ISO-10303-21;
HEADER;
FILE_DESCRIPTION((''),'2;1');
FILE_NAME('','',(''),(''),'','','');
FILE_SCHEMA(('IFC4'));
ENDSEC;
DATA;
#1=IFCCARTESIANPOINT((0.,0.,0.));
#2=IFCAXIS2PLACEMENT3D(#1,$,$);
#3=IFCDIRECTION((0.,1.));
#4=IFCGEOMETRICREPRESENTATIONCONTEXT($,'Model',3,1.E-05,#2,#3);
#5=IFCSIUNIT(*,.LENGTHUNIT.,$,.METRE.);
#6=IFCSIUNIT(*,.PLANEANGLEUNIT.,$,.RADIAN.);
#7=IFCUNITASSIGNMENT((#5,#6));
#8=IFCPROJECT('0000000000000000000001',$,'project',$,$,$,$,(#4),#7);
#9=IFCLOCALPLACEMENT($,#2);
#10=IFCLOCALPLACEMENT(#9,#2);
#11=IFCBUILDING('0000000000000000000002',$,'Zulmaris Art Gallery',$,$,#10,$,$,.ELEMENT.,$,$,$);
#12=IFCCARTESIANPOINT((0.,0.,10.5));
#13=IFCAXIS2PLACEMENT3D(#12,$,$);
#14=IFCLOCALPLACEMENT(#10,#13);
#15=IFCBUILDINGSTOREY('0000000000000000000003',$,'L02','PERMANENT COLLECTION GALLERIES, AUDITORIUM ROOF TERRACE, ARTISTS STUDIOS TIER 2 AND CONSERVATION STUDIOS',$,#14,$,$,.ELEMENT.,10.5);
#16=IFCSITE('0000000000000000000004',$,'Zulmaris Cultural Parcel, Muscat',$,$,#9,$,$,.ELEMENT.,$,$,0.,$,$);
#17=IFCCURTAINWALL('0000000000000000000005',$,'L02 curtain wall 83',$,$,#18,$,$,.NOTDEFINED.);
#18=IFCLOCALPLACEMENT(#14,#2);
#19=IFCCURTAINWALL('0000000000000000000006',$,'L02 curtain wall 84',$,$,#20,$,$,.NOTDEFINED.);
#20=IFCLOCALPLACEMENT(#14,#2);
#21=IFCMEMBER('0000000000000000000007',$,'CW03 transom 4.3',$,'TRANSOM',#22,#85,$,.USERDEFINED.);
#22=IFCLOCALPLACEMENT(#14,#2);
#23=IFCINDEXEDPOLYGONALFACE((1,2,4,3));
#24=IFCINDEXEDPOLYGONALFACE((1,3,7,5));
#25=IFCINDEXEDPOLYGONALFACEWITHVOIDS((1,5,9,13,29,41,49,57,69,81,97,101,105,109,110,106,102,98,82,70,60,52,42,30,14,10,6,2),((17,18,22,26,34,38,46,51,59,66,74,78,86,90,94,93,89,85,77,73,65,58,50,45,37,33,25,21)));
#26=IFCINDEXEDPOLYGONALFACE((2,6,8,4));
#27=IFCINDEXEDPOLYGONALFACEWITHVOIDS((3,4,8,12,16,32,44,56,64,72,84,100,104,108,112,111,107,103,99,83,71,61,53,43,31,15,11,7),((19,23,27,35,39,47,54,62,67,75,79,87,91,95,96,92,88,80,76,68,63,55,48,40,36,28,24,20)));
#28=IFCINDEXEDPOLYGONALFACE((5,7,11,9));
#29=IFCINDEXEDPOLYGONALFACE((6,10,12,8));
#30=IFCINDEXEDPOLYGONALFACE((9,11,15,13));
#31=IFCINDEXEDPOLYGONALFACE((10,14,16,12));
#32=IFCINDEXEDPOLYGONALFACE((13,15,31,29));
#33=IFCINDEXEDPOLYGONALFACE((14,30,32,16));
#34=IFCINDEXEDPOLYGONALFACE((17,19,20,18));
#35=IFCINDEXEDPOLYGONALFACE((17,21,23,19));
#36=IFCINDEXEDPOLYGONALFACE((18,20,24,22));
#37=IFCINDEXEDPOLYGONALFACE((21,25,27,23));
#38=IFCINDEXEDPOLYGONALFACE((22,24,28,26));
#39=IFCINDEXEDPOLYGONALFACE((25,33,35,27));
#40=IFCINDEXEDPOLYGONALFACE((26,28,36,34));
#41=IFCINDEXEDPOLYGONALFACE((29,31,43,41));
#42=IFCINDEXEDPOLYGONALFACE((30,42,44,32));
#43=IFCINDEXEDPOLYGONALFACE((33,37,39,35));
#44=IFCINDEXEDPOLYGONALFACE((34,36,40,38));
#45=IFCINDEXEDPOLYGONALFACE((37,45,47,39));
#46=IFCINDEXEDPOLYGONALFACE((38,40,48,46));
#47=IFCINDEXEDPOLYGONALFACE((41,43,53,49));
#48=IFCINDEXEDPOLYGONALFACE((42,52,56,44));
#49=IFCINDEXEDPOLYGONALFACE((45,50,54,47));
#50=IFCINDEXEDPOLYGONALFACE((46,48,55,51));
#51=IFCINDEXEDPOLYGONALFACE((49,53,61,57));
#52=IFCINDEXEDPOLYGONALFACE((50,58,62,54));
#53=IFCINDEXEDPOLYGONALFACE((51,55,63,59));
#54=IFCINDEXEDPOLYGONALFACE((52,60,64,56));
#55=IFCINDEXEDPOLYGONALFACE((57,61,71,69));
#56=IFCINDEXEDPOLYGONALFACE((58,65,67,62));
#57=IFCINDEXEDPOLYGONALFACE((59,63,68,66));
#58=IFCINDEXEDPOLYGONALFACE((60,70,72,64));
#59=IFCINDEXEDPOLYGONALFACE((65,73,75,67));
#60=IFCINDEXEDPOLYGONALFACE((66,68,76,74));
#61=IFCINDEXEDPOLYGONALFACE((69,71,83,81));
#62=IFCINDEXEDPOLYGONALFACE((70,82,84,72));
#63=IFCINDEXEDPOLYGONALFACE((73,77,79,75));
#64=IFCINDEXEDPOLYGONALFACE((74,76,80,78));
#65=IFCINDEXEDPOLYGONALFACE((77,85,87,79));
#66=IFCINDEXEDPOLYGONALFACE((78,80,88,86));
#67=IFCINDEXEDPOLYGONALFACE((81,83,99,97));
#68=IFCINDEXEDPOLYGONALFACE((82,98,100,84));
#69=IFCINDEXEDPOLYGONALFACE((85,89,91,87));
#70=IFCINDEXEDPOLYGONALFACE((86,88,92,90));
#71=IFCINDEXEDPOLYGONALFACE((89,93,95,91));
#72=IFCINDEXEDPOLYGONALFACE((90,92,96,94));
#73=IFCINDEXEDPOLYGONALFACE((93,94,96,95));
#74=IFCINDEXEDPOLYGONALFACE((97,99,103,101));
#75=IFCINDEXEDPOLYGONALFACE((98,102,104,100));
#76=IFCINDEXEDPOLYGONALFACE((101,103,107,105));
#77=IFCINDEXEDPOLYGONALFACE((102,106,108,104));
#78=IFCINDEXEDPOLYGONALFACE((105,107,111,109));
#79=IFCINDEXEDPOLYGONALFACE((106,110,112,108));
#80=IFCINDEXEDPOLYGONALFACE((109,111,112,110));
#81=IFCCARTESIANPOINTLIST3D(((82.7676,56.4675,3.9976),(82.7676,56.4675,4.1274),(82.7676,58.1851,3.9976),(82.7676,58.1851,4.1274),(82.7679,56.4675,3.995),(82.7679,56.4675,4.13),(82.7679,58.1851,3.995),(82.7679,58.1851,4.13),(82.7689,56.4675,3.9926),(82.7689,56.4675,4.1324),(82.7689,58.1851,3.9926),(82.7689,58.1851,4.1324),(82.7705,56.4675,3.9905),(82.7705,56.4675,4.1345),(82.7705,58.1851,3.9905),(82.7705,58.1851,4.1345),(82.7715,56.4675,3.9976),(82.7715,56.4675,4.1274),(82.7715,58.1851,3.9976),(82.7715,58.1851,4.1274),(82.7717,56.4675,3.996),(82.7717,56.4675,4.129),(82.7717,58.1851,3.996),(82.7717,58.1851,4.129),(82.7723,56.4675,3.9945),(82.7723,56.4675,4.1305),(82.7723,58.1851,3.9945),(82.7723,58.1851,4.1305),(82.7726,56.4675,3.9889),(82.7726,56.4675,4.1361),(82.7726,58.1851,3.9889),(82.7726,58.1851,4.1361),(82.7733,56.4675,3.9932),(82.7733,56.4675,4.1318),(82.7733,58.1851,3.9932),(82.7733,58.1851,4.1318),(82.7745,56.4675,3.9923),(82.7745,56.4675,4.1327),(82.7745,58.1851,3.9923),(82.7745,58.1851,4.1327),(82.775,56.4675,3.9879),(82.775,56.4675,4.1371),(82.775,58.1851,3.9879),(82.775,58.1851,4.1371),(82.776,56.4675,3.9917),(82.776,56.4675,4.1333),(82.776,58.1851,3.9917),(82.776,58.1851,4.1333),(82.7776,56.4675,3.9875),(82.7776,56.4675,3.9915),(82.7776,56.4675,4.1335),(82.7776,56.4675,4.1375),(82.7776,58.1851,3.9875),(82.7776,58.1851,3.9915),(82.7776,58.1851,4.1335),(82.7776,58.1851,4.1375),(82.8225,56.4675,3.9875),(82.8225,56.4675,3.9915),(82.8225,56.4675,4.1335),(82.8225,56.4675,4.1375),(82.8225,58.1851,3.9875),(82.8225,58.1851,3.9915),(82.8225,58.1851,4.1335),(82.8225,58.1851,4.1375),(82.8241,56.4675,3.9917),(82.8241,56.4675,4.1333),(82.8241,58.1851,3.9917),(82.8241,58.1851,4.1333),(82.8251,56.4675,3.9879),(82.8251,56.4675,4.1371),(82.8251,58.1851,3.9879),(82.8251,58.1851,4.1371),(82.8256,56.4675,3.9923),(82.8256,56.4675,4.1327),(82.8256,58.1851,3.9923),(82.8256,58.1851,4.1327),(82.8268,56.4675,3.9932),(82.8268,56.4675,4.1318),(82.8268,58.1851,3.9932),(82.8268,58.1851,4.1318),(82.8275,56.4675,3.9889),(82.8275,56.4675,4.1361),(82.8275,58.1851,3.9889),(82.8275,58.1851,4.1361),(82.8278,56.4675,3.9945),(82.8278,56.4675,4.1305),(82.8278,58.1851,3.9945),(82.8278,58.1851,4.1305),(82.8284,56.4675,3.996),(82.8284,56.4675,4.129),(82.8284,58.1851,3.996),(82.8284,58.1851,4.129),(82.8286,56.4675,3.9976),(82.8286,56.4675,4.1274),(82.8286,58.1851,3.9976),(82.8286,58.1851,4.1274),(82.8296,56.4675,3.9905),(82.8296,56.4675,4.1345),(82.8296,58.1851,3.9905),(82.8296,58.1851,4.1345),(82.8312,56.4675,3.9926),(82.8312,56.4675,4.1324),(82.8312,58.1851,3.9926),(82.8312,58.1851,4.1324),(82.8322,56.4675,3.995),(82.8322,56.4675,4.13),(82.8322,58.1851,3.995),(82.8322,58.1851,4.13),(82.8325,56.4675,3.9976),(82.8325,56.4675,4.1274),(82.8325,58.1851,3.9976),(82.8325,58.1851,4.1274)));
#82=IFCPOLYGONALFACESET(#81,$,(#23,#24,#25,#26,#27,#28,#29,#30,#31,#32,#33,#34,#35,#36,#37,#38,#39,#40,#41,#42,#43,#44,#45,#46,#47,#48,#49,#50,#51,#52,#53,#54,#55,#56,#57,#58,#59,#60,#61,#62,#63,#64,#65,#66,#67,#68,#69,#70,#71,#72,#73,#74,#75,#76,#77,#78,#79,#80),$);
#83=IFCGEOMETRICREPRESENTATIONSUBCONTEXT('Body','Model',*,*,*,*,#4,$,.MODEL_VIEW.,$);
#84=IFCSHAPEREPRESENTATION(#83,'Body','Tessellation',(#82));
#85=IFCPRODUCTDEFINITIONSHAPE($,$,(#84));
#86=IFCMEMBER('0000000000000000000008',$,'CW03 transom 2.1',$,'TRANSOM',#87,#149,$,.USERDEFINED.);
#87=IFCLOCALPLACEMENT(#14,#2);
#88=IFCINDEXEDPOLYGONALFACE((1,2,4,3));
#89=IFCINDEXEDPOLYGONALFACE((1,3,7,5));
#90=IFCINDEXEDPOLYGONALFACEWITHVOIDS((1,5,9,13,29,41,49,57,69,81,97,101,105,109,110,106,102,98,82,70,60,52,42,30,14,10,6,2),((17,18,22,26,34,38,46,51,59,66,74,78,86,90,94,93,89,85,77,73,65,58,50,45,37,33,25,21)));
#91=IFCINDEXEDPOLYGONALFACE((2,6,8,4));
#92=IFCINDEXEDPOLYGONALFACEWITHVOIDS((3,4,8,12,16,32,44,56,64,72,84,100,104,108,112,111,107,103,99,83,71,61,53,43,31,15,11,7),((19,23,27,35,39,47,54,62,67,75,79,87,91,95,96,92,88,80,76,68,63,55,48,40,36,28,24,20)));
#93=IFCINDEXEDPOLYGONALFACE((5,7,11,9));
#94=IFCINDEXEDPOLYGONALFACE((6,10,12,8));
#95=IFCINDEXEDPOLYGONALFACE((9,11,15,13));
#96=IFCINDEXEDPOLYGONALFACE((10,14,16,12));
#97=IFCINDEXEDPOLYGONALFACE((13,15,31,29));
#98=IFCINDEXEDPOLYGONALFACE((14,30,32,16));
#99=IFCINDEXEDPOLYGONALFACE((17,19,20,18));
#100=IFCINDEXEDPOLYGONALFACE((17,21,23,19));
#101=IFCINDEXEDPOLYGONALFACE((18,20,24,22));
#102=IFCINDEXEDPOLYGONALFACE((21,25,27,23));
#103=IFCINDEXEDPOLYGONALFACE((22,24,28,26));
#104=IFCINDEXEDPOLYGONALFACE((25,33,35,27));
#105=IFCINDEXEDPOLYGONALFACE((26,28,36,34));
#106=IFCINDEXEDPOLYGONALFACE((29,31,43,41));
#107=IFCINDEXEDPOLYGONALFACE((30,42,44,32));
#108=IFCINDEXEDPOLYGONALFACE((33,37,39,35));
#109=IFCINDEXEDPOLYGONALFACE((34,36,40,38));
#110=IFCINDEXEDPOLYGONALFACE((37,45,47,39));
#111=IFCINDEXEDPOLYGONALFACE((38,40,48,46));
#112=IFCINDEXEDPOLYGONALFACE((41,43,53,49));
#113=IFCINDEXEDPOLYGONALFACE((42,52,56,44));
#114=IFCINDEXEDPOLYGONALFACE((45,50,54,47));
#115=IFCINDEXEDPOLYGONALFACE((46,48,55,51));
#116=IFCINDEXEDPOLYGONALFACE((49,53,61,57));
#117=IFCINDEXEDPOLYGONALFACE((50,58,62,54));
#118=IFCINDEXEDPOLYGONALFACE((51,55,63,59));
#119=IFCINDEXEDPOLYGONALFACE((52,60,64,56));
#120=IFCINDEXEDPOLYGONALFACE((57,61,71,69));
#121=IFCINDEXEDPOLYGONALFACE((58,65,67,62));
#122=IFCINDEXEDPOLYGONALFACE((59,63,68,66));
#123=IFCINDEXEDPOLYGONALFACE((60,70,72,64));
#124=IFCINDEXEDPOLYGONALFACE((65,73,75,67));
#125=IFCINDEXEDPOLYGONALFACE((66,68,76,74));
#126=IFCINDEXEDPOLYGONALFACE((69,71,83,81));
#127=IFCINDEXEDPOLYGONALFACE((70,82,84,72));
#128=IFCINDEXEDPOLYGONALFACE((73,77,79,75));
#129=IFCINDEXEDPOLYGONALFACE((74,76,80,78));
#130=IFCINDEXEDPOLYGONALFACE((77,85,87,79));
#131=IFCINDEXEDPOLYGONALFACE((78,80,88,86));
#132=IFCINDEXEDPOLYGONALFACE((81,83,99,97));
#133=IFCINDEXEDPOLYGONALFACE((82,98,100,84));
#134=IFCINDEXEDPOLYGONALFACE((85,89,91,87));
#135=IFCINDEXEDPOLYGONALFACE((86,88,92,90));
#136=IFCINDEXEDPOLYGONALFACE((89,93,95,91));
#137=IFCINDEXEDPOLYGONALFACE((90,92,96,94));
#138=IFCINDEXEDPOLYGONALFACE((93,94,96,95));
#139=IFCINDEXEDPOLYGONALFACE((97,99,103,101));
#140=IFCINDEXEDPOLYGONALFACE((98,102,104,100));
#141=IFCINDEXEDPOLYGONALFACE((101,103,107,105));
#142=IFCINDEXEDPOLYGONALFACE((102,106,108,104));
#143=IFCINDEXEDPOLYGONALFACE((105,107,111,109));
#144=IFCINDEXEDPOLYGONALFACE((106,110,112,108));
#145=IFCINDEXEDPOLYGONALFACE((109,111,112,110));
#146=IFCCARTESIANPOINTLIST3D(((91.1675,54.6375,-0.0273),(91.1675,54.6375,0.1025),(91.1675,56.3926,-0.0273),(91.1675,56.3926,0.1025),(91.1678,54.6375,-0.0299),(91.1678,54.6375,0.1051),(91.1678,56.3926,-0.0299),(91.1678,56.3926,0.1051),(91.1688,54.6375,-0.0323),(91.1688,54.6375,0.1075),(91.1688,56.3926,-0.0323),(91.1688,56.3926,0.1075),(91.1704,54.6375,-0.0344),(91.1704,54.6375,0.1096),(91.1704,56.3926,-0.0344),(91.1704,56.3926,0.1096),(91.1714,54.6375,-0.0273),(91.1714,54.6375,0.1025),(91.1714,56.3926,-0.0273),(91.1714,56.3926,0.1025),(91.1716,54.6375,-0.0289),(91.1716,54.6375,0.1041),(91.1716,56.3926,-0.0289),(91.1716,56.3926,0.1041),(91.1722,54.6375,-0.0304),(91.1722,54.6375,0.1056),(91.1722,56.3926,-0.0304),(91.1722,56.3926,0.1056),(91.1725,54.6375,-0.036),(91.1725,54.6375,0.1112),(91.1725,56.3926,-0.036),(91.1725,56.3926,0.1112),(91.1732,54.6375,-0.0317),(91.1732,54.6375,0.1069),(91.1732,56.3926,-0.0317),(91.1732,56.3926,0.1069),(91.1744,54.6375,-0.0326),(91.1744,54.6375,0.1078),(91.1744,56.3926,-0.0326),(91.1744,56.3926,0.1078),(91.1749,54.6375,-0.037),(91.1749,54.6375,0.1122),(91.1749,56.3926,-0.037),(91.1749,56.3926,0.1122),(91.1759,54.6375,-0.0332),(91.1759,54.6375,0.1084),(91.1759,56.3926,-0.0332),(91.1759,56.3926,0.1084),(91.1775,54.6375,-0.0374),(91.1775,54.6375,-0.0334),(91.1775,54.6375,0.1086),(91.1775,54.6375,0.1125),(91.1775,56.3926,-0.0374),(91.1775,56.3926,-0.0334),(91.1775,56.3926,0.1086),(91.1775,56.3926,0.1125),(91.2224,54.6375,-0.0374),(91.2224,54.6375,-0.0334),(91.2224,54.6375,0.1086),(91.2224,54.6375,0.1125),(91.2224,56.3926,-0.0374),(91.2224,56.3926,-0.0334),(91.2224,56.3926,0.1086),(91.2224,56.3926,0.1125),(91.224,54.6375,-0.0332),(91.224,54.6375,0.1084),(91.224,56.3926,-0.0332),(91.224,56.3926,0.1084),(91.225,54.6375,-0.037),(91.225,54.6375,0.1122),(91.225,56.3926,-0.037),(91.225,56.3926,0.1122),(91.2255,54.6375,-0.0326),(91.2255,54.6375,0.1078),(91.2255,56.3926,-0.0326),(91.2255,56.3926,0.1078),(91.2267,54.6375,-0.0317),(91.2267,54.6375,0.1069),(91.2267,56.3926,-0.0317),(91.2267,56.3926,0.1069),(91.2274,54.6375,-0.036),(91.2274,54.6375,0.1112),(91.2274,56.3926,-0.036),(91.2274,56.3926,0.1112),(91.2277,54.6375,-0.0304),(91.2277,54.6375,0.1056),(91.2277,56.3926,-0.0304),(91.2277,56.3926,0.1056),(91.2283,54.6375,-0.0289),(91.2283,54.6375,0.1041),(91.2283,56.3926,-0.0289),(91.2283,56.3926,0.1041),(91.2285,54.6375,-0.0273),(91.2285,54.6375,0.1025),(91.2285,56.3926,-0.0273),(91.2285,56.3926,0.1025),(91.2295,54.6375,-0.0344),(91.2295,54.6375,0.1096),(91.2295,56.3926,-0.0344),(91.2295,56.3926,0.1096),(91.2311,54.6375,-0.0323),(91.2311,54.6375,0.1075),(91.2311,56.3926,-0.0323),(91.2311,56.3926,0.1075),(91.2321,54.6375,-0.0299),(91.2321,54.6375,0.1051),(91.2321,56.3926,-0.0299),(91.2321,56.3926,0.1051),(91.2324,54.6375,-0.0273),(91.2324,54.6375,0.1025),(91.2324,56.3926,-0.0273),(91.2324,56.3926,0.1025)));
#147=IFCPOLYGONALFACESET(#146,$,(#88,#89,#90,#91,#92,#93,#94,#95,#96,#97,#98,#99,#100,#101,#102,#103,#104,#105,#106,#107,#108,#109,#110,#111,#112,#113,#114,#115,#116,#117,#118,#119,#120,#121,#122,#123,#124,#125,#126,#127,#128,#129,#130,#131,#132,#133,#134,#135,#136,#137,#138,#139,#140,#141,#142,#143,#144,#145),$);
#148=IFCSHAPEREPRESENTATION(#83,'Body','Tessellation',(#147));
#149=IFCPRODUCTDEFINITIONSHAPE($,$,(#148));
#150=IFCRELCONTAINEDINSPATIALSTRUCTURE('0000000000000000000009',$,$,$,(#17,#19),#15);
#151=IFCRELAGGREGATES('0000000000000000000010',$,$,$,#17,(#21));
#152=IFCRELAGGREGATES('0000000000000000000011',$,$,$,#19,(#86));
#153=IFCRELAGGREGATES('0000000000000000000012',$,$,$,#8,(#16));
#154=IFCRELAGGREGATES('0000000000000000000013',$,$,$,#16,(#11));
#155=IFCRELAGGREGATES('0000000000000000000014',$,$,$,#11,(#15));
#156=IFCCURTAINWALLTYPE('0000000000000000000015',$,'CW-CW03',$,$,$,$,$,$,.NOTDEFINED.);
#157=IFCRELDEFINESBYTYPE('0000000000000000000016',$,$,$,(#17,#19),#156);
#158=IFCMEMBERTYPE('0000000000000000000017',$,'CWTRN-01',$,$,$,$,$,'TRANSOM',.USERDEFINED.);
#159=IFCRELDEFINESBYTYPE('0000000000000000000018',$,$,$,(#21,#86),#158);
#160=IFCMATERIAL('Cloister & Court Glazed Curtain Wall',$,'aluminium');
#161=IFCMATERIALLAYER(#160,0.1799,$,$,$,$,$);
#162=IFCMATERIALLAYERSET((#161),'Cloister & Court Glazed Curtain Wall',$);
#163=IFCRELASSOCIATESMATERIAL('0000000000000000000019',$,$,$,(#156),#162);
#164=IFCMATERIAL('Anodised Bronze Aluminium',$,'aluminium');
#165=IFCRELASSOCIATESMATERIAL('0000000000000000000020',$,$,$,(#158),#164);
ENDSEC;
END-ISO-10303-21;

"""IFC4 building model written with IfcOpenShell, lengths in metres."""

from ifc_helpers import new_model, si_unit, direction, frame, origin, origin_2d, place, context, subcontext, project, spatial, hollow_rectangle, extrude, material, layer, layer_set, material_profile, profile_set, type_object, element, aggregate, save


model = new_model("IFC4")

# Units and contexts
model_context = context("Model", 3, precision=1e-05, world=origin(), true_north=direction((0.0, 1.0)))
body_context = subcontext(model_context, "Body", "Model", "MODEL_VIEW")
ifc_project = project(units=[si_unit("LENGTHUNIT", "METRE"), si_unit("PLANEANGLEUNIT", "RADIAN")], contexts=[model_context])

# Site, building, storey
site_placement = place(None, origin())
site = spatial("IfcSite", under=ifc_project, at=site_placement, Name="Zulmaris Cultural Parcel, Muscat", CompositionType="ELEMENT", RefElevation=0.0)
building_placement = place(site_placement, origin())
building = spatial("IfcBuilding", under=site, at=building_placement, Name="Zulmaris Art Gallery", CompositionType="ELEMENT")
storey_placement = place(building_placement, frame((0.0, 0.0, 10.5)))
storey = spatial("IfcBuildingStorey", under=building, at=storey_placement, Name="L02", Description="PERMANENT COLLECTION GALLERIES, AUDITORIUM ROOF TERRACE, ARTISTS STUDIOS TIER 2 AND CONSERVATION STUDIOS", CompositionType="ELEMENT", Elevation=10.5)

# Curtain walls
ifc_material_1 = material(Name="Cloister & Court Glazed Curtain Wall", Category="aluminium")
ifc_layer_1 = layer(ifc_material_1, 0.1799)
ifc_layer_set_1 = layer_set([ifc_layer_1], Name="Cloister & Court Glazed Curtain Wall")
curtain_wall_type = type_object("IfcCurtainWallType", Name="CW-CW03", PredefinedType="NOTDEFINED", material=ifc_layer_set_1)
curtain_wall_1_placement = place(storey_placement, origin())
curtain_wall_1 = element("IfcCurtainWall", 1, at=curtain_wall_1_placement, inside=storey, type_object=curtain_wall_type, Name="L02 curtain wall 83", PredefinedType="NOTDEFINED")
ifc_material_2 = material(Name="Anodised Bronze Aluminium", Category="aluminium")
curtain_wall_2_placement = place(storey_placement, origin())
curtain_wall_2 = element("IfcCurtainWall", 2, at=curtain_wall_2_placement, inside=storey, type_object=curtain_wall_type, Name="L02 curtain wall 84", PredefinedType="NOTDEFINED")

# Members
ifc_material_profile_1 = material_profile(ifc_material_2, hollow_rectangle(XDim=0.0649, YDim=0.1499, WallThickness=0.0039, InnerFilletRadius=0.0061, OuterFilletRadius=0.01, at=origin_2d()), Name="ALU 65x150x4")
ifc_profile_set_1 = profile_set([ifc_material_profile_1], Name="Anodised Bronze Aluminium")
member_type_1 = type_object("IfcMemberType", Name="CWTRN-01", ElementType="TRANSOM", PredefinedType="USERDEFINED", material=ifc_profile_set_1)
member_1_placement = place(storey_placement, frame((82.8, 56.4675, 4.0625), z_axis=(0.0, 1.0, 0.0), x_axis=(-1.0, 0.0, 0.0)))
member_1 = element("IfcMember", 3, at=member_1_placement, type_object=member_type_1, Name="CW03 transom 4.3", ObjectType="TRANSOM", PredefinedType="USERDEFINED", context=body_context, shape_type="SweptSolid", body=[
    extrude(hollow_rectangle(XDim=0.0649, YDim=0.1499, WallThickness=0.0039, InnerFilletRadius=0.0061, OuterFilletRadius=0.01, at=origin_2d()), origin(), (0.0, 0.0, 1.0), 1.7175),
])
member_2_placement = place(storey_placement, frame((91.2, 56.3926, 0.0376), z_axis=(0.0, -1.0, 0.0), x_axis=(1.0, 0.0, 0.0)))
member_2 = element("IfcMember", 4, at=member_2_placement, type_object=member_type_1, Name="CW03 transom 2.1", ObjectType="TRANSOM", PredefinedType="USERDEFINED", context=body_context, shape_type="SweptSolid", body=[
    extrude(hollow_rectangle(XDim=0.0649, YDim=0.1499, WallThickness=0.0039, InnerFilletRadius=0.0061, OuterFilletRadius=0.01, at=origin_2d()), origin(), (0.0, 0.0, 1.0), 1.7551),
])

aggregate(curtain_wall_1, [member_1])
aggregate(curtain_wall_2, [member_2])

save(model, "model.ifc")
